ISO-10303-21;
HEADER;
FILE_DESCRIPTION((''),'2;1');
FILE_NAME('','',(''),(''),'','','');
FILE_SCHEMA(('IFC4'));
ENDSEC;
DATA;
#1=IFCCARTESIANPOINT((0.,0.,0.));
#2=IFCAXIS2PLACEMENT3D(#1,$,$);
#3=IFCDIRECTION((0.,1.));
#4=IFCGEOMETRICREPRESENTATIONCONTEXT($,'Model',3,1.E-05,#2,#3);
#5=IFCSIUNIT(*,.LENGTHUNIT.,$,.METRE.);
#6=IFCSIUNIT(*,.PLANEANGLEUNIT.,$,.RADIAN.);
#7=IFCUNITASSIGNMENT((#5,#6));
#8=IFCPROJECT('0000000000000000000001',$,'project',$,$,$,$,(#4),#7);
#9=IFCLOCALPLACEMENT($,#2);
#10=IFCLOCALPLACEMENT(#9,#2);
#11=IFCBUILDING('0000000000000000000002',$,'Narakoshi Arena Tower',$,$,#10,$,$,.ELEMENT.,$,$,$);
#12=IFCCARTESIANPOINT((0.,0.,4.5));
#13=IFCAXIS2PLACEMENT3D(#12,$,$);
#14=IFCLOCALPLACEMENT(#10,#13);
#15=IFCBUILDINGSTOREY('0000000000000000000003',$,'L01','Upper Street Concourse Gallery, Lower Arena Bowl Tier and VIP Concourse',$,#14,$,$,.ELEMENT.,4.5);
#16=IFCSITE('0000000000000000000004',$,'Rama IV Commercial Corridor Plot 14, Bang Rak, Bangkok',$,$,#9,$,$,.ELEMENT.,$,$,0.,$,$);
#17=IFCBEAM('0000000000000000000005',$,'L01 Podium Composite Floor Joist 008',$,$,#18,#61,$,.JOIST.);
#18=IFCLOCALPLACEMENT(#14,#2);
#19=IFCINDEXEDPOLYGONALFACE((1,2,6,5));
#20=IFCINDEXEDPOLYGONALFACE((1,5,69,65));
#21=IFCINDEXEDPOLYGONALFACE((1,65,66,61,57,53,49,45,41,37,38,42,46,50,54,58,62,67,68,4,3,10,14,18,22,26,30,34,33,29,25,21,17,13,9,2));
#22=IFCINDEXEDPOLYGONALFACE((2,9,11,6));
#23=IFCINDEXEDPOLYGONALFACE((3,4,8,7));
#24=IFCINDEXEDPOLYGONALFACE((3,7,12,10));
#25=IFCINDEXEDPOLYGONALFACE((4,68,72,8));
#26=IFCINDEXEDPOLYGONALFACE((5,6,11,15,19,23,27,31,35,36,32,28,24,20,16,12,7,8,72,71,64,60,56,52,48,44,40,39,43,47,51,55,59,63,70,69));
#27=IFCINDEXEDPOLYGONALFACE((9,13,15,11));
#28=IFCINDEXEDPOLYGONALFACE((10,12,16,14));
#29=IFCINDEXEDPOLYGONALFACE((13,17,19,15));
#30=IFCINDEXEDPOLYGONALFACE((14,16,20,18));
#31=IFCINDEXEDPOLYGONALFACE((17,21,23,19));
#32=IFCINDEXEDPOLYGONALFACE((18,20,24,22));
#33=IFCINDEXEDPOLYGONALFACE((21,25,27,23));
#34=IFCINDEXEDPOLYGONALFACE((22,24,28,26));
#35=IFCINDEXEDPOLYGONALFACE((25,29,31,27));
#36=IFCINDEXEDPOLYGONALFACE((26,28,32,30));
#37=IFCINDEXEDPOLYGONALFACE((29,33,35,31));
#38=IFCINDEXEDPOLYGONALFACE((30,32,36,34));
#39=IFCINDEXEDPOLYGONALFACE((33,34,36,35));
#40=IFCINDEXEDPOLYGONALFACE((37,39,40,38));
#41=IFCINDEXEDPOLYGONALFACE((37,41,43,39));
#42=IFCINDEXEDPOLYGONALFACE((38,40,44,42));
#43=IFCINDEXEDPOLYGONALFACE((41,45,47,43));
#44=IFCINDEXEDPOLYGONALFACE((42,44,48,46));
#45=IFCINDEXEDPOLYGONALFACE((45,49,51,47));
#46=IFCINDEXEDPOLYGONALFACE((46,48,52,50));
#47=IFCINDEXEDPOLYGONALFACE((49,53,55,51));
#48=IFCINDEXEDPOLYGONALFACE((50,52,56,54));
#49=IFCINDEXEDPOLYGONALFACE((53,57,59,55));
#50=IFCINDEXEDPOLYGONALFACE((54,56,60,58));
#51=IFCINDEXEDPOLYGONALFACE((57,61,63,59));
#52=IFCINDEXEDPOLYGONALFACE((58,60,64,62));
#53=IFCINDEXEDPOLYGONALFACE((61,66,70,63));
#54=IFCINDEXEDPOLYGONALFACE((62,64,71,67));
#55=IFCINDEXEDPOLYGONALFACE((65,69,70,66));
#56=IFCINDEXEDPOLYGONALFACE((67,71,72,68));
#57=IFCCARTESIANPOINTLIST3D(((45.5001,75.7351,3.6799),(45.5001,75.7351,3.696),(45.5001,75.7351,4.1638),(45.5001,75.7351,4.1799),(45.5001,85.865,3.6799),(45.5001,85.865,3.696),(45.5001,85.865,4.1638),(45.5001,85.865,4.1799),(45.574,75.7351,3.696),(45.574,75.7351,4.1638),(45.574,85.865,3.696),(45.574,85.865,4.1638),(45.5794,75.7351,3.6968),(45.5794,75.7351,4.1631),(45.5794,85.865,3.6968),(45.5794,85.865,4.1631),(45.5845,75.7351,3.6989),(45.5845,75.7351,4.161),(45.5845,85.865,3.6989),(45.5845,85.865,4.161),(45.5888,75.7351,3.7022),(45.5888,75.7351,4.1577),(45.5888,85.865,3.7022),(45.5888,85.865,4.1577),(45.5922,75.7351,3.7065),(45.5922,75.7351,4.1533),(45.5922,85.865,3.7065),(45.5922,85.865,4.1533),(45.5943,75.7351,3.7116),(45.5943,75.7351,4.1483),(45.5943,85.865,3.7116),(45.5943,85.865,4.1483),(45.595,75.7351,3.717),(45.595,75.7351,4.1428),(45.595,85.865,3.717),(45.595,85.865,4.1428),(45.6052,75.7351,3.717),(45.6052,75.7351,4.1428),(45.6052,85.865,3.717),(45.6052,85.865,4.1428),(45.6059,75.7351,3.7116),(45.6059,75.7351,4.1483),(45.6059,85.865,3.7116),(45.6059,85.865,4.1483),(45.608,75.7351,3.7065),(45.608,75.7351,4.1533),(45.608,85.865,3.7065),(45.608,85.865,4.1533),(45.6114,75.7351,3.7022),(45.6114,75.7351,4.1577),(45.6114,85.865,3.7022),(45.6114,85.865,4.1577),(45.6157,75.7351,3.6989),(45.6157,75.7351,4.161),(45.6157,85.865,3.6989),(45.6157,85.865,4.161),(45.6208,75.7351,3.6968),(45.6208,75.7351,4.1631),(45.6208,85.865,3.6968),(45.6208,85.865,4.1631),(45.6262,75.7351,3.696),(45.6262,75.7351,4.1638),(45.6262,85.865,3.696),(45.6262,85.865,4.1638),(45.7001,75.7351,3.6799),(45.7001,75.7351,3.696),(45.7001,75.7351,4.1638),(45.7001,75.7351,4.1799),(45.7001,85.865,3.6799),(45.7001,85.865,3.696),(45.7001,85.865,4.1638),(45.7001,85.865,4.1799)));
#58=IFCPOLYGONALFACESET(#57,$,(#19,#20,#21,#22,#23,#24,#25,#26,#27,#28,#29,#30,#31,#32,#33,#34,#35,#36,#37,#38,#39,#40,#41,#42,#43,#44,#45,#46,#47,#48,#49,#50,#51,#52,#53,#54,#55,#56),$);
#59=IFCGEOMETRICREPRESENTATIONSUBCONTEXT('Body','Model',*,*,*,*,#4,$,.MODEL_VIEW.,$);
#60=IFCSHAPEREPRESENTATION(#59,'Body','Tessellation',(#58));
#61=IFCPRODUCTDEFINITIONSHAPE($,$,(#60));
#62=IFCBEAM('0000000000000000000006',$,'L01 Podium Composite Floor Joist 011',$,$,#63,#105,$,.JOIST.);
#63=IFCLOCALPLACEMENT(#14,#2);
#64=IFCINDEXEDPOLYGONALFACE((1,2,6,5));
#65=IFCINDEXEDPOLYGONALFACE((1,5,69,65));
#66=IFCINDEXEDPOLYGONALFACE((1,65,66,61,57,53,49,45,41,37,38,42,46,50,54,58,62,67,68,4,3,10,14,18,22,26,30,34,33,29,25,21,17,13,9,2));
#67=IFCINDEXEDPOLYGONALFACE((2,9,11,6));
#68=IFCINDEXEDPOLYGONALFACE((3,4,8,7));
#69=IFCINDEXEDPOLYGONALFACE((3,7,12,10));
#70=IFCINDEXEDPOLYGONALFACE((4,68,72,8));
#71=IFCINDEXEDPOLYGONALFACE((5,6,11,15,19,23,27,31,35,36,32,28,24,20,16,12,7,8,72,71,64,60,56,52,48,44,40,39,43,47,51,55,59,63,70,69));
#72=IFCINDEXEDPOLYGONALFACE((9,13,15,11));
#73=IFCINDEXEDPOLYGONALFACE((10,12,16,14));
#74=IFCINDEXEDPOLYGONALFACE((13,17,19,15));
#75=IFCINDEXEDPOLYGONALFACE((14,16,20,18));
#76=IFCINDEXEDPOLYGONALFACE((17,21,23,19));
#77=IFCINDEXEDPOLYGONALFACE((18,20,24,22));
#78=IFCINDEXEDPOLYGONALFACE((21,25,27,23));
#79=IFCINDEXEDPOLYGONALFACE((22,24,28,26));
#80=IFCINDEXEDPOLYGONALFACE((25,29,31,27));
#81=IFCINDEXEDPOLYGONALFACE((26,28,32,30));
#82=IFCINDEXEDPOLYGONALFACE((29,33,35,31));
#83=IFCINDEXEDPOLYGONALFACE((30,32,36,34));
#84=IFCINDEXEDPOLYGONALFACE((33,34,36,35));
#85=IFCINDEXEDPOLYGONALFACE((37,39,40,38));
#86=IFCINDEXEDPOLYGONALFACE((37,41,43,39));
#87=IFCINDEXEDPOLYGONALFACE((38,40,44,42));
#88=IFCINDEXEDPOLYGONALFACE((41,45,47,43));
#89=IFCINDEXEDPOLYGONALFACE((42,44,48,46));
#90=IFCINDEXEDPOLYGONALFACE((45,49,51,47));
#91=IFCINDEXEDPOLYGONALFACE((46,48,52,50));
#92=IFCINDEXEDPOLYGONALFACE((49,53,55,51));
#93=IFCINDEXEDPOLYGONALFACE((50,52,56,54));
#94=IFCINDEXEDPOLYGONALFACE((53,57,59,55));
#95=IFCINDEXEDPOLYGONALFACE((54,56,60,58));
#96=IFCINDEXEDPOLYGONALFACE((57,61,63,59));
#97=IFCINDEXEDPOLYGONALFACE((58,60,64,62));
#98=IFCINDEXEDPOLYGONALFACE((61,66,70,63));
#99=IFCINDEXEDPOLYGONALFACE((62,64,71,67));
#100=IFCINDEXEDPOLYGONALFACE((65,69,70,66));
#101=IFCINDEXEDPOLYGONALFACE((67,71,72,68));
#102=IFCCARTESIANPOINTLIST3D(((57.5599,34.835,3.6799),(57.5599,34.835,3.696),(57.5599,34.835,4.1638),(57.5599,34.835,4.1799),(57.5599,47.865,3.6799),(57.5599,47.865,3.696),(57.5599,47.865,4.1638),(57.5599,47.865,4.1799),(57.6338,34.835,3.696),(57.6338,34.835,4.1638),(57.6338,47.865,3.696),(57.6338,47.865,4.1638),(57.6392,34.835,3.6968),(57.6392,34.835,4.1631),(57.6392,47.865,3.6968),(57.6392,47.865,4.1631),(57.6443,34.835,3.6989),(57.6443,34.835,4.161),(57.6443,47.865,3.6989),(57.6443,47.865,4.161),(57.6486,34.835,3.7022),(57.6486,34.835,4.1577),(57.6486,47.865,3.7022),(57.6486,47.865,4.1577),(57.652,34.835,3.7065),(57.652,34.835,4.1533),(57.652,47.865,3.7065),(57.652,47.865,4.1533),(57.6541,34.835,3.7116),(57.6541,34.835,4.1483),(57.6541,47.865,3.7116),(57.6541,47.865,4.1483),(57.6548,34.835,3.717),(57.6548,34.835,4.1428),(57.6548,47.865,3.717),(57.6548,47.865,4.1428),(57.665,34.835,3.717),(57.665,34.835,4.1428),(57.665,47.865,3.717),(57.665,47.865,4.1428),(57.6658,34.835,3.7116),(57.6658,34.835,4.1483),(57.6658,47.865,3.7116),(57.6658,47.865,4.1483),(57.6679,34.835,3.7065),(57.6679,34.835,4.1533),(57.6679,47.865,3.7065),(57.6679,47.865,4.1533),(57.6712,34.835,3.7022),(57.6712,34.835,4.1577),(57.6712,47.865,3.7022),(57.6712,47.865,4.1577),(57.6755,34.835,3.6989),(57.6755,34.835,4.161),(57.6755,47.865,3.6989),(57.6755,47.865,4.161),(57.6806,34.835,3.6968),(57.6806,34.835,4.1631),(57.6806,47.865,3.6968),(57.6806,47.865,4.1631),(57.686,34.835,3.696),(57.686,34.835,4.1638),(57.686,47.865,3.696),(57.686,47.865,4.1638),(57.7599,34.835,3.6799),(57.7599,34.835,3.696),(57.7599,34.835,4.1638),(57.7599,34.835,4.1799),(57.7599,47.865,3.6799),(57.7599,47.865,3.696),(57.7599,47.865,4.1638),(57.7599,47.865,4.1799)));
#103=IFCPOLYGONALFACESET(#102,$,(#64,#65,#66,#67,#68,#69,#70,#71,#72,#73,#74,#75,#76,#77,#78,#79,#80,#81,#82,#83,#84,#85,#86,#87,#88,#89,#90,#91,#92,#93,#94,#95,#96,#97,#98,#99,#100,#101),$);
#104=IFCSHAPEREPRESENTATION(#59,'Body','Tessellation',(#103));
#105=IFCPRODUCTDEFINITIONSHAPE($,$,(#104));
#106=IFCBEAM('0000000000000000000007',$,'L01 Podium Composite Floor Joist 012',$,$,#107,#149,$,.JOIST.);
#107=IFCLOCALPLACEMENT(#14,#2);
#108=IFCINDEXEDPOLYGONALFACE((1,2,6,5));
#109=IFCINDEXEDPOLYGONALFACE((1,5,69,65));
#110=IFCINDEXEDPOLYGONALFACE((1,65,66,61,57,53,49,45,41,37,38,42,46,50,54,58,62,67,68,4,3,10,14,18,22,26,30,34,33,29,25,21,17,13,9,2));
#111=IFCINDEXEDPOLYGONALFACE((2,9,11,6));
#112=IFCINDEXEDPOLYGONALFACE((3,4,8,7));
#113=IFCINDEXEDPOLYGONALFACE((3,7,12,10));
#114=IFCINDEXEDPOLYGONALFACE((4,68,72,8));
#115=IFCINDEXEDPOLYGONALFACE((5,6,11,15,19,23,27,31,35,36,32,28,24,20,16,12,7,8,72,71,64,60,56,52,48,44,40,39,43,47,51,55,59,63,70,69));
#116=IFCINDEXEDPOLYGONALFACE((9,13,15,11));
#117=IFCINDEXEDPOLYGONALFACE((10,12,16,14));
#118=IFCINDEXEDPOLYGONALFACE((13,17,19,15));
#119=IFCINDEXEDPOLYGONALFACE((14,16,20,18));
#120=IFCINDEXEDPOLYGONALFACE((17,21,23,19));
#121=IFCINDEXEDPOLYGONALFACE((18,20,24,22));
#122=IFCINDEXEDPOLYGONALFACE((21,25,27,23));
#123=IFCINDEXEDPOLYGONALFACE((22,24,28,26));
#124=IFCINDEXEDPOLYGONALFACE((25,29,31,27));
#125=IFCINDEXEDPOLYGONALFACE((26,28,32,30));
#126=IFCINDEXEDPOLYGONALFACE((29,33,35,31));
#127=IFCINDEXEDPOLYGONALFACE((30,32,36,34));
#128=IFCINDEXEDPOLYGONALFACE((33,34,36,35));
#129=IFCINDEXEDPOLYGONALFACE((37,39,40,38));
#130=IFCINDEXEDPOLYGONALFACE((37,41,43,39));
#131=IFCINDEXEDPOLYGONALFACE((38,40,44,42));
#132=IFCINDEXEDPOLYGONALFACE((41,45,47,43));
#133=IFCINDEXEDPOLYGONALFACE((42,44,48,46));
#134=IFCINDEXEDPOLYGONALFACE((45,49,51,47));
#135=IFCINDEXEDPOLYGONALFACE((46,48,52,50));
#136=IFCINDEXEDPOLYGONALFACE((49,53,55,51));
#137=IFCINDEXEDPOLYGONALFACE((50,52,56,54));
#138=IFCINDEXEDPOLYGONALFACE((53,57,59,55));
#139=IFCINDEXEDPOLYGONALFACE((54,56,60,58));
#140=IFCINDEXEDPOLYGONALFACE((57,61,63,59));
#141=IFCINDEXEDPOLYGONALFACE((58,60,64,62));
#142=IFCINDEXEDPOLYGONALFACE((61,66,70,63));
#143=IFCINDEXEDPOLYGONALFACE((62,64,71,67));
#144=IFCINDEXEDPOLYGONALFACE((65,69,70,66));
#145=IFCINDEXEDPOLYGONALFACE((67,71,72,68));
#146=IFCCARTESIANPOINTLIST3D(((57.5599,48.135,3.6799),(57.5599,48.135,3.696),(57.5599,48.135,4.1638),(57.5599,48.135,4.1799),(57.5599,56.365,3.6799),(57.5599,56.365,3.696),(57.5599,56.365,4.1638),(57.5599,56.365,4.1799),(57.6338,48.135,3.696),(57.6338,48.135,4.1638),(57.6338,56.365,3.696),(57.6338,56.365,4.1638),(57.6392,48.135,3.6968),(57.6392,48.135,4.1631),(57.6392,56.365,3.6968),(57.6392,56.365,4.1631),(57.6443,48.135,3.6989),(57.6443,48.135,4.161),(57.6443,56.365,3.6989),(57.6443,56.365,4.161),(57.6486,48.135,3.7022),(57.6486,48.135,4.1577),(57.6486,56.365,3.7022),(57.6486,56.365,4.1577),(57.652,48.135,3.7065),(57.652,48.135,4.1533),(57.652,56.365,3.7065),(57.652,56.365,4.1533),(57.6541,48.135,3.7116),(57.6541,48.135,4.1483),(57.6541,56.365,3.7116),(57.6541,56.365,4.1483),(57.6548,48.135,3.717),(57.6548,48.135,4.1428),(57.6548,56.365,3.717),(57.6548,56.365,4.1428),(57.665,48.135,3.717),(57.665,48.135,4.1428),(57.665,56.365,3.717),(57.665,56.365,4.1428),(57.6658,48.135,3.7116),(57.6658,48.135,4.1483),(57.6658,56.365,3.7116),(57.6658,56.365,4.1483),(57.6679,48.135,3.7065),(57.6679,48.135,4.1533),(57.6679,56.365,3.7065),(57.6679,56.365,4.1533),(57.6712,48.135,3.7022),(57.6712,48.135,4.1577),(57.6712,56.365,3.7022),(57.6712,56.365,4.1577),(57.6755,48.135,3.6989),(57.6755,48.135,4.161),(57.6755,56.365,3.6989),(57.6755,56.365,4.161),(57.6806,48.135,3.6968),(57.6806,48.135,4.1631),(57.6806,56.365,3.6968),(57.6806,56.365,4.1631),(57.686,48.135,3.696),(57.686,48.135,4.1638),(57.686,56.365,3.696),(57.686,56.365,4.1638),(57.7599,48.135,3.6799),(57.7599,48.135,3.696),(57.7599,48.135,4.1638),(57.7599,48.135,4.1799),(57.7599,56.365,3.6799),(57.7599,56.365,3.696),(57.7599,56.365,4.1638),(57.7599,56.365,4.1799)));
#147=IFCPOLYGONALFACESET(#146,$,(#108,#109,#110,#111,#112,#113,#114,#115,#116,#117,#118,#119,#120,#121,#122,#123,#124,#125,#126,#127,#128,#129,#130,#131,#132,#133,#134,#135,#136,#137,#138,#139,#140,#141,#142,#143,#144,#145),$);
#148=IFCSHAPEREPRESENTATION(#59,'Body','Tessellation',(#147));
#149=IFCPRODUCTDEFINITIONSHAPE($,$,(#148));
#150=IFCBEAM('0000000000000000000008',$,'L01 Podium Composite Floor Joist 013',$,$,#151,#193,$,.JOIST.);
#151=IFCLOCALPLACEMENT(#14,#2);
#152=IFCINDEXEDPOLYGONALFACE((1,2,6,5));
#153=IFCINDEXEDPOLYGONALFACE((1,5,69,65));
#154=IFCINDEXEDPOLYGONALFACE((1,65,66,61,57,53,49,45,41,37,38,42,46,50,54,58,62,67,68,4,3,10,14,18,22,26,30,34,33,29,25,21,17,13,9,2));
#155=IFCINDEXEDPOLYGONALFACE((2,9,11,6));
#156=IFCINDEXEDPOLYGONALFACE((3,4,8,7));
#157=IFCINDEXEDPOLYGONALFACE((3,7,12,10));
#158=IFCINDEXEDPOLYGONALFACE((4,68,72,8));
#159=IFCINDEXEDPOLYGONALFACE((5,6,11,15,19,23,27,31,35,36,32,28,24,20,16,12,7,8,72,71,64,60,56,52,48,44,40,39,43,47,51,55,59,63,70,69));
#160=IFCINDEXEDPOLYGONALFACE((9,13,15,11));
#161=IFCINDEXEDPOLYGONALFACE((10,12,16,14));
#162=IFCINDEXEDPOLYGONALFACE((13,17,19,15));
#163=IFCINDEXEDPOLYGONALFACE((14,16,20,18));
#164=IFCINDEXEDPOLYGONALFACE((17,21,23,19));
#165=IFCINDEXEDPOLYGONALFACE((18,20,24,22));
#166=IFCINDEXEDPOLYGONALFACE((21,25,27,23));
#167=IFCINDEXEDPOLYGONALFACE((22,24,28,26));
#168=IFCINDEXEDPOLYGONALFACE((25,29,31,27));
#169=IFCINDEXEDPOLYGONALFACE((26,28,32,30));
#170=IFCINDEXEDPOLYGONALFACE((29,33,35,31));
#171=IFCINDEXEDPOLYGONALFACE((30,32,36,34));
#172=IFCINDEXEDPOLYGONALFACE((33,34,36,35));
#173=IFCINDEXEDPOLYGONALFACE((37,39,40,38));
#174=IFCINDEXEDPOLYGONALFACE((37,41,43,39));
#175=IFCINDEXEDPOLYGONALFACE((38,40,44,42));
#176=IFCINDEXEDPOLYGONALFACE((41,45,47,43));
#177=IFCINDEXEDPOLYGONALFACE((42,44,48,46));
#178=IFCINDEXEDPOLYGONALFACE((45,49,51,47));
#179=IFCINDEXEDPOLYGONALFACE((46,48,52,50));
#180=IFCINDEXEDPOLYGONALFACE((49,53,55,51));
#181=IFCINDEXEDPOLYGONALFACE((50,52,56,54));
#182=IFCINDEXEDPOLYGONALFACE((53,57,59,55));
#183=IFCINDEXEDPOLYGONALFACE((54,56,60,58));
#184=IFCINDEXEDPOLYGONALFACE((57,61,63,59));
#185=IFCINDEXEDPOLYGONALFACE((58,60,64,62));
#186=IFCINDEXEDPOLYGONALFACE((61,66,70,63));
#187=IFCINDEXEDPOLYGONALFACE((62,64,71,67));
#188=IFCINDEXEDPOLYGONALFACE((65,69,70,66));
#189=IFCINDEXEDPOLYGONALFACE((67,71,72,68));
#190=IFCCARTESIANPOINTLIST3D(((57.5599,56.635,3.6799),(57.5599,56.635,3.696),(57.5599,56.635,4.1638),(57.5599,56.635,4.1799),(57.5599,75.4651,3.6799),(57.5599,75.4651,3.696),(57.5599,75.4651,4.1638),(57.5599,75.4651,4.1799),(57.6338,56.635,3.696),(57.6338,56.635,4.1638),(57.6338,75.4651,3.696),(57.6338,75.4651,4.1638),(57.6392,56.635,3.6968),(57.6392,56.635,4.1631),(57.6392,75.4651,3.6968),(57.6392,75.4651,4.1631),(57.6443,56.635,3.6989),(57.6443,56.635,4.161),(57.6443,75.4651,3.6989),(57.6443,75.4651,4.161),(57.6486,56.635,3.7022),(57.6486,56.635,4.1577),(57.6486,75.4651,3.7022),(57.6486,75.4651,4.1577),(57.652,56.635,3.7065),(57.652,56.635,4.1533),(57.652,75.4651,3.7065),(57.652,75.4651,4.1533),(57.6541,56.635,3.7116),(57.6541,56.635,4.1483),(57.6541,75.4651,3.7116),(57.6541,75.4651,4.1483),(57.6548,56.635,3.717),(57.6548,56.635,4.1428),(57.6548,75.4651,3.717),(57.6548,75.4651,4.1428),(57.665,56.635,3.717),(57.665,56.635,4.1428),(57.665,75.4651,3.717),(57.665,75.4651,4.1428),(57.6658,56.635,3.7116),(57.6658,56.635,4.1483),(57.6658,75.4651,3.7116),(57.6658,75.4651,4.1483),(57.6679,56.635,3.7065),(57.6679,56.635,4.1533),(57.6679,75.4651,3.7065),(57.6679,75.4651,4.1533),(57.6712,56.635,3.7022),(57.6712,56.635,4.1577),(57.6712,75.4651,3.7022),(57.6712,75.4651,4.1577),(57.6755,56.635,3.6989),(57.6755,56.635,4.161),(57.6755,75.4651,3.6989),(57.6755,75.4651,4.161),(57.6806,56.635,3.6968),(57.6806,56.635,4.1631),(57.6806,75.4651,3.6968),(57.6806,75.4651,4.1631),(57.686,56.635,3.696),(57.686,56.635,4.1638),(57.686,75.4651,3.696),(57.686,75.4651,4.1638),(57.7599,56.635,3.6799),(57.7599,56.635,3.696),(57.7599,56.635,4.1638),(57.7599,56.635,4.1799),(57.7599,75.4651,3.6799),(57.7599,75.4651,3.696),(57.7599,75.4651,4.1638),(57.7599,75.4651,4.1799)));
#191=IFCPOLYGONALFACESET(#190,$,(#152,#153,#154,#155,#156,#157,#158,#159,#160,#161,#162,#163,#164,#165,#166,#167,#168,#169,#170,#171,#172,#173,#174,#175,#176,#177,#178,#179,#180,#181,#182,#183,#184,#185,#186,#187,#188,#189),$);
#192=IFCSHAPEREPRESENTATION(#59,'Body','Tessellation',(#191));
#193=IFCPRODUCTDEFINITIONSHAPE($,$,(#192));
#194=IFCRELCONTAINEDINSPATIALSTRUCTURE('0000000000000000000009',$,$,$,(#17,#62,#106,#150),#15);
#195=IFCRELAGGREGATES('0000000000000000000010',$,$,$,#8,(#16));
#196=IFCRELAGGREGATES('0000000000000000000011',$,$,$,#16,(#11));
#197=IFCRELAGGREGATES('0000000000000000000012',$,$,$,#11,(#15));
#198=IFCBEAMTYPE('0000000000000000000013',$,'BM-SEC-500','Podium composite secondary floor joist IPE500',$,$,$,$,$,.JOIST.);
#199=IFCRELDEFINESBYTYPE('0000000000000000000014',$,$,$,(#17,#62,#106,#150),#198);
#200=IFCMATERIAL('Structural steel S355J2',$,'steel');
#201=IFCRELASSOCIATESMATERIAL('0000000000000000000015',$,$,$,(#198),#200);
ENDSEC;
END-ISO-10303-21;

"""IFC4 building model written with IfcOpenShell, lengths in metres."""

from ifc_helpers import new_model, si_unit, direction, frame, origin, origin_2d, place, context, subcontext, project, spatial, i_section, extrude, material, material_profile, profile_set, type_object, element, save


model = new_model("IFC4")

# Units and contexts
model_context = context("Model", 3, precision=1e-05, world=origin(), true_north=direction((0.0, 1.0)))
body_context = subcontext(model_context, "Body", "Model", "MODEL_VIEW")
ifc_project = project(units=[si_unit("LENGTHUNIT", "METRE"), si_unit("PLANEANGLEUNIT", "RADIAN")], contexts=[model_context])

# Site, building, storey
site_placement = place(None, origin())
site = spatial("IfcSite", under=ifc_project, at=site_placement, Name="Rama IV Commercial Corridor Plot 14, Bang Rak, Bangkok", CompositionType="ELEMENT", RefElevation=0.0)
building_placement = place(site_placement, origin())
building = spatial("IfcBuilding", under=site, at=building_placement, Name="Narakoshi Arena Tower", CompositionType="ELEMENT")
storey_placement = place(building_placement, frame((0.0, 0.0, 4.5)))
storey = spatial("IfcBuildingStorey", under=building, at=storey_placement, Name="L01", Description="Upper Street Concourse Gallery, Lower Arena Bowl Tier and VIP Concourse", CompositionType="ELEMENT", Elevation=4.5)

# Beams
ifc_material_1 = material(Name="Structural steel S355J2", Category="steel")
ifc_material_profile_1 = material_profile(ifc_material_1, i_section(OverallWidth=0.2, OverallDepth=0.5, WebThickness=0.0103, FlangeThickness=0.0161, FilletRadius=0.021, at=origin_2d()), Name="IPE500")
ifc_profile_set_1 = profile_set([ifc_material_profile_1], Name="Structural steel S355J2")
beam_type_1 = type_object("IfcBeamType", Name="BM-SEC-500", Description="Podium composite secondary floor joist IPE500", PredefinedType="JOIST", material=ifc_profile_set_1)
beam_1_placement = place(storey_placement, frame((45.6001, 75.7351, 3.9299), z_axis=(0.0, 1.0, 0.0), x_axis=(-1.0, 0.0, 0.0)))
element("IfcBeam", 1, at=beam_1_placement, inside=storey, type_object=beam_type_1, Name="L01 Podium Composite Floor Joist 008", PredefinedType="JOIST", context=body_context, shape_type="SweptSolid", body=[
    extrude(i_section(OverallWidth=0.2, OverallDepth=0.5, WebThickness=0.0103, FlangeThickness=0.0161, FilletRadius=0.021, at=origin_2d()), origin(), (0.0, 0.0, 1.0), 10.1299),
])
beam_2_placement = place(storey_placement, frame((57.6599, 34.835, 3.9299), z_axis=(0.0, 1.0, 0.0), x_axis=(-1.0, 0.0, 0.0)))
element("IfcBeam", 2, at=beam_2_placement, inside=storey, type_object=beam_type_1, Name="L01 Podium Composite Floor Joist 011", PredefinedType="JOIST", context=body_context, shape_type="SweptSolid", body=[
    extrude(i_section(OverallWidth=0.2, OverallDepth=0.5, WebThickness=0.0103, FlangeThickness=0.0161, FilletRadius=0.021, at=origin_2d()), origin(), (0.0, 0.0, 1.0), 13.03),
])
beam_3_placement = place(storey_placement, frame((57.6599, 48.135, 3.9299), z_axis=(0.0, 1.0, 0.0), x_axis=(-1.0, 0.0, 0.0)))
element("IfcBeam", 3, at=beam_3_placement, inside=storey, type_object=beam_type_1, Name="L01 Podium Composite Floor Joist 012", PredefinedType="JOIST", context=body_context, shape_type="SweptSolid", body=[
    extrude(i_section(OverallWidth=0.2, OverallDepth=0.5, WebThickness=0.0103, FlangeThickness=0.0161, FilletRadius=0.021, at=origin_2d()), origin(), (0.0, 0.0, 1.0), 8.23),
])
beam_4_placement = place(storey_placement, frame((57.6599, 56.635, 3.9299), z_axis=(0.0, 1.0, 0.0), x_axis=(-1.0, 0.0, 0.0)))
element("IfcBeam", 4, at=beam_4_placement, inside=storey, type_object=beam_type_1, Name="L01 Podium Composite Floor Joist 013", PredefinedType="JOIST", context=body_context, shape_type="SweptSolid", body=[
    extrude(i_section(OverallWidth=0.2, OverallDepth=0.5, WebThickness=0.0103, FlangeThickness=0.0161, FilletRadius=0.021, at=origin_2d()), origin(), (0.0, 0.0, 1.0), 18.8301),
])

save(model, "model.ifc")
